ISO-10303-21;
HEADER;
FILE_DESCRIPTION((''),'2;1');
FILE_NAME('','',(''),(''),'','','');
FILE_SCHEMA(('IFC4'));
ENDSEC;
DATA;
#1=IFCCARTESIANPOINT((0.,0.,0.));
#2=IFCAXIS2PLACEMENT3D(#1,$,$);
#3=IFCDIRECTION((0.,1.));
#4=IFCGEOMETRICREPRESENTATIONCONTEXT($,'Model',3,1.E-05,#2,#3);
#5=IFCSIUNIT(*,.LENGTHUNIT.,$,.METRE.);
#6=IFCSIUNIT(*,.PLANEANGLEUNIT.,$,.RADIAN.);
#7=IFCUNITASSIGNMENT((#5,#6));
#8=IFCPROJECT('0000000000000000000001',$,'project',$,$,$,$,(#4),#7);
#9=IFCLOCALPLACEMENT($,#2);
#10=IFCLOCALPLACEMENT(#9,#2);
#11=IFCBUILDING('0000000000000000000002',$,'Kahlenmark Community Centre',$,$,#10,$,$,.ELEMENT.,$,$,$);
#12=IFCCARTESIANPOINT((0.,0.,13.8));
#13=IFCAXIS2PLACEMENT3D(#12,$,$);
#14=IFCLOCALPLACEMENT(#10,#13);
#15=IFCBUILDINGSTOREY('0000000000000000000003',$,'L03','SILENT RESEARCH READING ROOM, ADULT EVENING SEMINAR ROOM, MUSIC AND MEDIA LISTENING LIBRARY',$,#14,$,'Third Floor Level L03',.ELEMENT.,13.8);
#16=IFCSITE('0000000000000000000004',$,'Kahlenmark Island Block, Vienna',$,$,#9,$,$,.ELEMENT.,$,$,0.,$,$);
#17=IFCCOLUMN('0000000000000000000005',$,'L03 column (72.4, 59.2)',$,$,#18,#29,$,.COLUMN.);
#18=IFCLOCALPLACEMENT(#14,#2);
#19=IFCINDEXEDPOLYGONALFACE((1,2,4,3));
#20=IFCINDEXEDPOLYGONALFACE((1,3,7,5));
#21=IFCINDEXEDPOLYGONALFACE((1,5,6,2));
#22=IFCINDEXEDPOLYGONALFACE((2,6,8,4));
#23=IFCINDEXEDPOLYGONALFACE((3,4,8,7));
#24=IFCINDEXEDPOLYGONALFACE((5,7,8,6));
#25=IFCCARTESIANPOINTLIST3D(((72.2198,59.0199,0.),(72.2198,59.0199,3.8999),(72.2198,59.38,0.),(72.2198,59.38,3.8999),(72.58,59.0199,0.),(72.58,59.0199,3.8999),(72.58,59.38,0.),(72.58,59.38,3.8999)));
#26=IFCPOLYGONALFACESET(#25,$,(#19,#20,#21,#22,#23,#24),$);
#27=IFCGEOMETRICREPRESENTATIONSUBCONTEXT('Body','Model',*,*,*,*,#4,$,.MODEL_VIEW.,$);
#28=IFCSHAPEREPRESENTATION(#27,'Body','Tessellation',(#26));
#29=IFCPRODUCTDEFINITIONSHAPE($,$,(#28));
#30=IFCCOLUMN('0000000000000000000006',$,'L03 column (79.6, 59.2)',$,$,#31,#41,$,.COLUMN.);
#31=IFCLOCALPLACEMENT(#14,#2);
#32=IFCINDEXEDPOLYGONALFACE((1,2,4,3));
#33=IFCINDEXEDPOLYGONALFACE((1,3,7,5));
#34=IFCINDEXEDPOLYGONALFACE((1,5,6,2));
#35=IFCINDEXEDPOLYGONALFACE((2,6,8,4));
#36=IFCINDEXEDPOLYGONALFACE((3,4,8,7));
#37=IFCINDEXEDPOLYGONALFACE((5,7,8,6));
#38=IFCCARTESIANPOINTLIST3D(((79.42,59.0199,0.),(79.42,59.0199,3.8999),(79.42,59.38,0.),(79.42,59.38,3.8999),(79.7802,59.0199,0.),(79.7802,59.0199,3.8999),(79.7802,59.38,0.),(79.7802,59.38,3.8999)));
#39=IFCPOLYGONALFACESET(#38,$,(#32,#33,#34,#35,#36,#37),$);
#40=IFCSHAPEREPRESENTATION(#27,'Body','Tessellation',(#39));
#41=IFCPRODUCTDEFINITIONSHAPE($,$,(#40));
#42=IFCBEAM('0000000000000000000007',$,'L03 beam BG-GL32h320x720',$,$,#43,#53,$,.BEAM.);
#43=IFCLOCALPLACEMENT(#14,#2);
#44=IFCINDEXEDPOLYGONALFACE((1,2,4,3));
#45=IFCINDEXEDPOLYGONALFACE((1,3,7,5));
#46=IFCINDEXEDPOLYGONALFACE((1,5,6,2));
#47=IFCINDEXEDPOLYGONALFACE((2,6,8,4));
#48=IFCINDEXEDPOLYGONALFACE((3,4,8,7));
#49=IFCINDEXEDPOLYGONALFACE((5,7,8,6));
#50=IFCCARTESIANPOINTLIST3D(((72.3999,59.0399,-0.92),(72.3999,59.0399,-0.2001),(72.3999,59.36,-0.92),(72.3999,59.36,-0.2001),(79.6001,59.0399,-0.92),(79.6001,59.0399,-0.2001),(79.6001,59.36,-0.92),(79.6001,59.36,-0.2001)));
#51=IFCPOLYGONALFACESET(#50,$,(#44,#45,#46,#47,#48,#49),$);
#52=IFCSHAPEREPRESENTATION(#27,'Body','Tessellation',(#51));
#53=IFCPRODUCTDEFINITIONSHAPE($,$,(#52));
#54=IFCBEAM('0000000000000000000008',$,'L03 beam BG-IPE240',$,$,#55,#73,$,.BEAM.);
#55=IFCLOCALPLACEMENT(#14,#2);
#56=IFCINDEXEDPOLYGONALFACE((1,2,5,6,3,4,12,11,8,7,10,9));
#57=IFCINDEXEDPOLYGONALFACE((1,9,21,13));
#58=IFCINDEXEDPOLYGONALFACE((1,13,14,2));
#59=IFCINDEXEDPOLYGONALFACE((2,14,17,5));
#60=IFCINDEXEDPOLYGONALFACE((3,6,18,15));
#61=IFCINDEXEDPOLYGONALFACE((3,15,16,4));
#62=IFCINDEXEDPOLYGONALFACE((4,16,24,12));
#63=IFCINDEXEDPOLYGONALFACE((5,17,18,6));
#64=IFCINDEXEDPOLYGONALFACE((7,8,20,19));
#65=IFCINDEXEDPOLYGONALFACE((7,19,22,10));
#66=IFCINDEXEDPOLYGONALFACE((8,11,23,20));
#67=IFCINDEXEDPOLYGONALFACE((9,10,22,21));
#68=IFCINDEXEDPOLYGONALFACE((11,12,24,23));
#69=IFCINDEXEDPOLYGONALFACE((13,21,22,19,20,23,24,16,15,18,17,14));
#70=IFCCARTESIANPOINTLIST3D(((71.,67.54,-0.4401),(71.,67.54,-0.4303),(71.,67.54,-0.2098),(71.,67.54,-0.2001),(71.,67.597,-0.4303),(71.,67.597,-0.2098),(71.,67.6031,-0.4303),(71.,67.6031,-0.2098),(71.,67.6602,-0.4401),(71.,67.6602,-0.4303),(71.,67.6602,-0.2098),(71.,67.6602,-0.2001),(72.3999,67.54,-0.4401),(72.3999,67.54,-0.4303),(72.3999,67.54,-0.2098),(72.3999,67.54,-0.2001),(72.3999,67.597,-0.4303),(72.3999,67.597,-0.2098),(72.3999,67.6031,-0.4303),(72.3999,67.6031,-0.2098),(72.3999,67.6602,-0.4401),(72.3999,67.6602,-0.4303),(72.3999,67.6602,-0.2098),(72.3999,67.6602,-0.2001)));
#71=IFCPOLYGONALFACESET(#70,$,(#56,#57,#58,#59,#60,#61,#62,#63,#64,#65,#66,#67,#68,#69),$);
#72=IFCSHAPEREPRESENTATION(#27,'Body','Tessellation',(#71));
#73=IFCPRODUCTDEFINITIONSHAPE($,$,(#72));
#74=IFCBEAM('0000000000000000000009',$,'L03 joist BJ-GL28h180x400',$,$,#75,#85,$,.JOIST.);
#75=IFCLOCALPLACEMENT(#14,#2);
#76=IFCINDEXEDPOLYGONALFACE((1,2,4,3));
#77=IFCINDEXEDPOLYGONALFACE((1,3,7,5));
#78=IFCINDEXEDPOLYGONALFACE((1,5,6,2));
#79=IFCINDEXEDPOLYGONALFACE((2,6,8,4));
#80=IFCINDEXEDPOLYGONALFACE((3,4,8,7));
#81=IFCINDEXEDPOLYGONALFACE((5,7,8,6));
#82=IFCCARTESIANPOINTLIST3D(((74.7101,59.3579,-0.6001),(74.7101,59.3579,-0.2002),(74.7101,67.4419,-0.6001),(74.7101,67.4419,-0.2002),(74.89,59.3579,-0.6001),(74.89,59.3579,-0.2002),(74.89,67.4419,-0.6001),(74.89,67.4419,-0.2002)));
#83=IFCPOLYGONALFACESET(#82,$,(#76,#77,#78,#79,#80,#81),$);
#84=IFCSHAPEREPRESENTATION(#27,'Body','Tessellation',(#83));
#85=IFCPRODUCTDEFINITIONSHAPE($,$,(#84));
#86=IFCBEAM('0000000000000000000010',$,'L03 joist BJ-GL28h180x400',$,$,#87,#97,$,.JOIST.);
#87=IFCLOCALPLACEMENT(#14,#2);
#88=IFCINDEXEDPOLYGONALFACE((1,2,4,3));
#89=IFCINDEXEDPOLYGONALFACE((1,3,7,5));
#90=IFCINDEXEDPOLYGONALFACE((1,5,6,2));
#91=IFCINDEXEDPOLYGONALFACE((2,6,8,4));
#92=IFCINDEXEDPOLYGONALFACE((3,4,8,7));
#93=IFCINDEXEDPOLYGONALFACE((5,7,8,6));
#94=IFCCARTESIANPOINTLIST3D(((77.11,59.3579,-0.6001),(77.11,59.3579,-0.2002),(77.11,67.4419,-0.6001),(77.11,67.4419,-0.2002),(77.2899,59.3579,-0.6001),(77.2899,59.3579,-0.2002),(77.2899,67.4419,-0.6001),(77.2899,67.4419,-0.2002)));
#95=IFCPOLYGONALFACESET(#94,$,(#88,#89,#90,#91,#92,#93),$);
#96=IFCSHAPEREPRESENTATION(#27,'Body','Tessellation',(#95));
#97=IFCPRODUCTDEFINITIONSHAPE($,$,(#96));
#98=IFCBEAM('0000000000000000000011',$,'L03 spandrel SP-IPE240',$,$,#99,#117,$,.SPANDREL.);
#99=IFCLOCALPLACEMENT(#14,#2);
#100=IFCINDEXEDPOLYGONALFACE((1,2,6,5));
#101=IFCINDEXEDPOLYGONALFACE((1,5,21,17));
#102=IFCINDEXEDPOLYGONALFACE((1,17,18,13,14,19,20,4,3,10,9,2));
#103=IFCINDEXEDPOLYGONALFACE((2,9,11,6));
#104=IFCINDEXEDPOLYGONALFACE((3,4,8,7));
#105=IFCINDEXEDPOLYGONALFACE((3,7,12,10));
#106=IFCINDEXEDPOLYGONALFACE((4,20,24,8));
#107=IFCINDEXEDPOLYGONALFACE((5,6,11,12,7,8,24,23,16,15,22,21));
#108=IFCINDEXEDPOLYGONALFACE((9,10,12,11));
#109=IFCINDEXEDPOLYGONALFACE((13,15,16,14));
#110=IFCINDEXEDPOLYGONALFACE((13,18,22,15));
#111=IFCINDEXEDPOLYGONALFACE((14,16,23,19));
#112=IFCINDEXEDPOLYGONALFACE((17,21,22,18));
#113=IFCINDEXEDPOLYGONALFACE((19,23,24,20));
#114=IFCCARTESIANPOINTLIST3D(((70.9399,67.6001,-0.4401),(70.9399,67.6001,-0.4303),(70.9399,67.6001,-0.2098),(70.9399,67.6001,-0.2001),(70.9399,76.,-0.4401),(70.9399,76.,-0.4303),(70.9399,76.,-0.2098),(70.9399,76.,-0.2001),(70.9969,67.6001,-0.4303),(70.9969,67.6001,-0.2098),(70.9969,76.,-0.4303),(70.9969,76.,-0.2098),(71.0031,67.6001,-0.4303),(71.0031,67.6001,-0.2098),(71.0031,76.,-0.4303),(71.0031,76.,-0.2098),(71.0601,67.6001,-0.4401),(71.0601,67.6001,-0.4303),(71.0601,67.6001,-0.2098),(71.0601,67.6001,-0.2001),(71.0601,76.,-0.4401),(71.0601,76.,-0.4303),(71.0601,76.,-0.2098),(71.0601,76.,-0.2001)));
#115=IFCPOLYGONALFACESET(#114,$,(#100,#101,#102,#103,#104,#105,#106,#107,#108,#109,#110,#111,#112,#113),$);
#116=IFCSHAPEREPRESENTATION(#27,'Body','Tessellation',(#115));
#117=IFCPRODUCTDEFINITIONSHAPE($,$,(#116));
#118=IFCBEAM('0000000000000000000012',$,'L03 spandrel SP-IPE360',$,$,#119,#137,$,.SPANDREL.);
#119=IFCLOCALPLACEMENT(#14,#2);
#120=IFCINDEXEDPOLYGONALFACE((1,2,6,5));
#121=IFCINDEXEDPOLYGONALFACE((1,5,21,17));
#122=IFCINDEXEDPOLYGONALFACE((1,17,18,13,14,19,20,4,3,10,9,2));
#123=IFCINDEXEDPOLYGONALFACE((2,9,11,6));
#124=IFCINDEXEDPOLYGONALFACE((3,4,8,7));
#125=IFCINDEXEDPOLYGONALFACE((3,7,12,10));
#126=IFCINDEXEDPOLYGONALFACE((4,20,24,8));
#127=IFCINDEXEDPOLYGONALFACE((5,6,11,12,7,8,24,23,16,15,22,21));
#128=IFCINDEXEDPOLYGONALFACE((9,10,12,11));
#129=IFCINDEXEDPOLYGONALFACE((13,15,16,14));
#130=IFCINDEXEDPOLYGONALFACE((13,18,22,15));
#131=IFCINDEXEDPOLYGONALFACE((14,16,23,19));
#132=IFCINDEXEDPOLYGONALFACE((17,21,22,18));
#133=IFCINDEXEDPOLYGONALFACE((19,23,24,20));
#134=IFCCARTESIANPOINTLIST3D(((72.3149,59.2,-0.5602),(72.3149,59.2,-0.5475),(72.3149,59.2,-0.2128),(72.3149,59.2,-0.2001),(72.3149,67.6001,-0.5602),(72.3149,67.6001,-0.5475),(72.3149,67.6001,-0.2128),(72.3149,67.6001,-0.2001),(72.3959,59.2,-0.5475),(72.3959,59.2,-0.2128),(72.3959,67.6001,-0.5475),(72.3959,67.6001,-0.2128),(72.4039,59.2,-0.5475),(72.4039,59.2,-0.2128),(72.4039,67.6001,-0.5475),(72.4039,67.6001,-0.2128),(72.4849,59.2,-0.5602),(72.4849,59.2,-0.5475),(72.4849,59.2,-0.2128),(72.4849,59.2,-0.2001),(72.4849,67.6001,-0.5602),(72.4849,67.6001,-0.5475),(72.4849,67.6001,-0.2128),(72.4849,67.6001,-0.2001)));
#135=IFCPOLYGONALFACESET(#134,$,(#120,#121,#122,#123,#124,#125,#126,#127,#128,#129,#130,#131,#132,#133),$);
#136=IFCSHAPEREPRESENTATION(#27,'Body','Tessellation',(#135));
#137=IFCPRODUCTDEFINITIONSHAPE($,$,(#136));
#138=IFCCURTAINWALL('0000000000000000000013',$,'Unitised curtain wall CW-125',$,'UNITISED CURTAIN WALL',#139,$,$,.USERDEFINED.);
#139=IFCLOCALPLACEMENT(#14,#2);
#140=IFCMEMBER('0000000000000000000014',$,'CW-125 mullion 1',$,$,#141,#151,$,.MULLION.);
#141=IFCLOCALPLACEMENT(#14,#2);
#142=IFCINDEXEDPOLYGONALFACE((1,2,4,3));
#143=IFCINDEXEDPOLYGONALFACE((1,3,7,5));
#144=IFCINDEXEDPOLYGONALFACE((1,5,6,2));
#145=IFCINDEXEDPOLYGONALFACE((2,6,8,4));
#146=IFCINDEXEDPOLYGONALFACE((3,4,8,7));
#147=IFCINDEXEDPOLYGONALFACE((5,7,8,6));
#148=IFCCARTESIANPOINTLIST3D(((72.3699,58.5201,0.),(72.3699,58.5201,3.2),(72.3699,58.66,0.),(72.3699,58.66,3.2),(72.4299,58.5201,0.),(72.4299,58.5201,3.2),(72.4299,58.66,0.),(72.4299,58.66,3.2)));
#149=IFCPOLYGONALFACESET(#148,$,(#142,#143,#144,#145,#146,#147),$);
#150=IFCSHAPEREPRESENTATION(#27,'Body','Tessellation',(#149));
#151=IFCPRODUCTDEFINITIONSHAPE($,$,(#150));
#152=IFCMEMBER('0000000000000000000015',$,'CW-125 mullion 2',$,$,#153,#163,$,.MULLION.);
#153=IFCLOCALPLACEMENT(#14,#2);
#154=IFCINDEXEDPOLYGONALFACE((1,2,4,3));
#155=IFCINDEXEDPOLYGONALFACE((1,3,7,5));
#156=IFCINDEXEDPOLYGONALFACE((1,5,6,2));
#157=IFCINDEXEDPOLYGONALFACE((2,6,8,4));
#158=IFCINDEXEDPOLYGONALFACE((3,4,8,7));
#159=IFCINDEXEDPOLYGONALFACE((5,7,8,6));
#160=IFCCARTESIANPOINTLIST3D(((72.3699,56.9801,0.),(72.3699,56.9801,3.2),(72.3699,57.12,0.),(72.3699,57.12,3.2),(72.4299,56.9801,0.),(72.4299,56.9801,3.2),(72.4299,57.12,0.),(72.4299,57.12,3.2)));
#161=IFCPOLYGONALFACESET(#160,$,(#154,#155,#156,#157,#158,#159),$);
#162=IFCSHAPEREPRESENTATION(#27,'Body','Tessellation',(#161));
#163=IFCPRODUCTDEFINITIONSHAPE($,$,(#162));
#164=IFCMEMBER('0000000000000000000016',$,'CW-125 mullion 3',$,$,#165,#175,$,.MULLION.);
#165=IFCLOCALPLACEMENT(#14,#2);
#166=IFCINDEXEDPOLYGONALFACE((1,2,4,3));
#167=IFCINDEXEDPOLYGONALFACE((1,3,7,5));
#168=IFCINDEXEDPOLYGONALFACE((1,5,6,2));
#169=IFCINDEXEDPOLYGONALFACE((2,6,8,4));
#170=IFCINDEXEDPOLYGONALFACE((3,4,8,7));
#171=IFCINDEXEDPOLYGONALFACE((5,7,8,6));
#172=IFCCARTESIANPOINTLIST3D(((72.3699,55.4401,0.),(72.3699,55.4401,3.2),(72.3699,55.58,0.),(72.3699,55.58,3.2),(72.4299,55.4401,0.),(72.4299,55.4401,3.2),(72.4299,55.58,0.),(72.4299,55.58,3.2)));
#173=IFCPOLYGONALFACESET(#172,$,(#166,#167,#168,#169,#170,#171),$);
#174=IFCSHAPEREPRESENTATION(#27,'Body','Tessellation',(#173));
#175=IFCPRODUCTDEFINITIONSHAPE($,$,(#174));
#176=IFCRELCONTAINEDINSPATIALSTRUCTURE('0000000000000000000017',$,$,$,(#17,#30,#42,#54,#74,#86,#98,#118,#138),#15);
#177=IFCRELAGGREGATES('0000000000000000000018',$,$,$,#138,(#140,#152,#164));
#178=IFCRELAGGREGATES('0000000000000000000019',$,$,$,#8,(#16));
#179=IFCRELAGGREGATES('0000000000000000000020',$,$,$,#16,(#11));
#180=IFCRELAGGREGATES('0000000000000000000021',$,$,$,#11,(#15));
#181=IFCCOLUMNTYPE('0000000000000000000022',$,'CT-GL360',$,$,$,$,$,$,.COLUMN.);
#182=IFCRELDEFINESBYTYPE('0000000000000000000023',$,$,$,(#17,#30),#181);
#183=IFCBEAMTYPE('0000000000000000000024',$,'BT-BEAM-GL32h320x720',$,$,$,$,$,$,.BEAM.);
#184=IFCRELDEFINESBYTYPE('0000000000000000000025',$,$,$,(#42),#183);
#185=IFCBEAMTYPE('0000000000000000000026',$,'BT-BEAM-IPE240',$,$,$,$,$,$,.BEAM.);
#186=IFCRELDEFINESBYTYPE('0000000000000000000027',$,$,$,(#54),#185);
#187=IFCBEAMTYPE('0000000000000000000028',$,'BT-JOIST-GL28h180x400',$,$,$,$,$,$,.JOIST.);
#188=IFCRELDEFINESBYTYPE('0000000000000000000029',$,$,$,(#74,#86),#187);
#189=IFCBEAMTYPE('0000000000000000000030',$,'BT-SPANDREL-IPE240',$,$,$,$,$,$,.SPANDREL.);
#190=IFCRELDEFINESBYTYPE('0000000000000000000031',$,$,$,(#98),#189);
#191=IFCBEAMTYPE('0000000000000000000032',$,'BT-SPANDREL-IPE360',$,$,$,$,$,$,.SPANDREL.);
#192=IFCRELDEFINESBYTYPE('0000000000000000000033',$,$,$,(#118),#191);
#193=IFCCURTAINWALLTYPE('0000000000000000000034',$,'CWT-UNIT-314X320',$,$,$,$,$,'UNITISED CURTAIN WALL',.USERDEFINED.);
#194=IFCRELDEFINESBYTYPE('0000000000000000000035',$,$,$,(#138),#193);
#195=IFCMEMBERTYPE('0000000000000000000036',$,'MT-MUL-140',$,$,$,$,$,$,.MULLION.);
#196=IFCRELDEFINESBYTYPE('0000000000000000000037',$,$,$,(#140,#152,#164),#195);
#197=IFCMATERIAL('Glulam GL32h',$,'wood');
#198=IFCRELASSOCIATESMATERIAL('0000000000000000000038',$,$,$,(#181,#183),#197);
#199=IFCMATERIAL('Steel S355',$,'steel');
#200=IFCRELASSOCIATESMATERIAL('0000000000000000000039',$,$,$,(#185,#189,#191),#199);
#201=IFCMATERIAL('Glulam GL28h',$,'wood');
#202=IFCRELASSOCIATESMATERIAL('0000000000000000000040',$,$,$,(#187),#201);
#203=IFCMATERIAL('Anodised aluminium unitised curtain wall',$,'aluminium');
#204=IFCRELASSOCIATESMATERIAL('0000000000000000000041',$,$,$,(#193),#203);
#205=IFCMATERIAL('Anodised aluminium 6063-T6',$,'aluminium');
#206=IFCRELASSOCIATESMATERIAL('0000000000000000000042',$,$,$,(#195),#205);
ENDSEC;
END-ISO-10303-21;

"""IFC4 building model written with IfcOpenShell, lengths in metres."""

from ifc_helpers import new_model, si_unit, direction, frame, origin, origin_2d, place, context, subcontext, project, spatial, rectangle, i_section, extrude, material, material_profile, profile_set, type_object, element, aggregate, save


model = new_model("IFC4")

# Units and contexts
model_context = context("Model", 3, precision=1e-05, world=origin(), true_north=direction((0.0, 1.0)))
body_context = subcontext(model_context, "Body", "Model", "MODEL_VIEW")
ifc_project = project(units=[si_unit("LENGTHUNIT", "METRE"), si_unit("PLANEANGLEUNIT", "RADIAN")], contexts=[model_context])

# Site, building, storey
site_placement = place(None, origin())
site = spatial("IfcSite", under=ifc_project, at=site_placement, Name="Kahlenmark Island Block, Vienna", CompositionType="ELEMENT", RefElevation=0.0)
building_placement = place(site_placement, origin())
building = spatial("IfcBuilding", under=site, at=building_placement, Name="Kahlenmark Community Centre", CompositionType="ELEMENT")
storey_placement = place(building_placement, frame((0.0, 0.0, 13.8)))
storey = spatial("IfcBuildingStorey", under=building, at=storey_placement, Name="L03", Description="SILENT RESEARCH READING ROOM, ADULT EVENING SEMINAR ROOM, MUSIC AND MEDIA LISTENING LIBRARY", LongName="Third Floor Level L03", CompositionType="ELEMENT", Elevation=13.8)

# Columns
ifc_material_1 = material(Name="Glulam GL32h", Category="wood")
ifc_material_profile_1 = material_profile(ifc_material_1, rectangle(XDim=0.3601, YDim=0.3601, at=origin_2d()), Name="GL32h 360x360")
ifc_profile_set_1 = profile_set([ifc_material_profile_1], Name="Glulam GL32h")
column_type = type_object("IfcColumnType", Name="CT-GL360", PredefinedType="COLUMN", material=ifc_profile_set_1)
for number, where, z_axis, x_axis, name in (
    (1, (72.3999, 59.2, 0.0), (0.0, 0.0, 1.0), (1.0, 0.0, 0.0), "L03 column (72.4, 59.2)"),
    (2, (79.6001, 59.2, 0.0), (0.0, 0.0, 1.0), (1.0, 0.0, 0.0), "L03 column (79.6, 59.2)"),
):
    element("IfcColumn", number, at=place(storey_placement, frame(where, z_axis=z_axis, x_axis=x_axis)), inside=storey, type_object=column_type, Name=name, PredefinedType="COLUMN", context=body_context, shape_type="SweptSolid", body=[
        extrude(rectangle(XDim=0.3601, YDim=0.3601, at=origin_2d()), origin(), (0.0, 0.0, 1.0), 3.8999),
    ])

# Beams
ifc_material_profile_2 = material_profile(ifc_material_1, rectangle(XDim=0.3201, YDim=0.72, at=origin_2d()), Name="GL32h 320x720")
ifc_profile_set_2 = profile_set([ifc_material_profile_2], Name="Glulam GL32h")
beam_type_1 = type_object("IfcBeamType", Name="BT-BEAM-GL32h320x720", PredefinedType="BEAM", material=ifc_profile_set_2)
beam_1_placement = place(storey_placement, frame((72.3999, 59.2, -0.5601), z_axis=(1.0, 0.0, 0.0), x_axis=(0.0, 1.0, 0.0)))
element("IfcBeam", 3, at=beam_1_placement, inside=storey, type_object=beam_type_1, Name="L03 beam BG-GL32h320x720", PredefinedType="BEAM", context=body_context, shape_type="SweptSolid", body=[
    extrude(rectangle(XDim=0.3201, YDim=0.72, at=origin_2d()), origin(), (0.0, 0.0, 1.0), 7.2002),
])
ifc_material_2 = material(Name="Steel S355", Category="steel")
ifc_material_profile_3 = material_profile(ifc_material_2, i_section(OverallWidth=0.1201, OverallDepth=0.24, WebThickness=0.0061, FlangeThickness=0.0098, at=origin_2d()), Name="IPE 240")
ifc_profile_set_3 = profile_set([ifc_material_profile_3], Name="Steel S355")
beam_type_2 = type_object("IfcBeamType", Name="BT-BEAM-IPE240", PredefinedType="BEAM", material=ifc_profile_set_3)
beam_2_placement = place(storey_placement, frame((71.0, 67.6001, -0.3201), z_axis=(1.0, 0.0, 0.0), x_axis=(0.0, 1.0, 0.0)))
element("IfcBeam", 4, at=beam_2_placement, inside=storey, type_object=beam_type_2, Name="L03 beam BG-IPE240", PredefinedType="BEAM", context=body_context, shape_type="SweptSolid", body=[
    extrude(i_section(OverallWidth=0.1201, OverallDepth=0.24, WebThickness=0.0061, FlangeThickness=0.0098, at=origin_2d()), origin(), (0.0, 0.0, 1.0), 1.3999),
])
ifc_material_3 = material(Name="Glulam GL28h", Category="wood")
ifc_material_profile_4 = material_profile(ifc_material_3, rectangle(XDim=0.1799, YDim=0.3999, at=origin_2d()), Name="GL28h 180x400")
ifc_profile_set_4 = profile_set([ifc_material_profile_4], Name="Glulam GL28h")
beam_type_3 = type_object("IfcBeamType", Name="BT-JOIST-GL28h180x400", PredefinedType="JOIST", material=ifc_profile_set_4)
for number, where, z_axis, x_axis, name in (
    (5, (74.8, 59.3579, -0.4001), (0.0, 1.0, 0.0), (-1.0, 0.0, 0.0), "L03 joist BJ-GL28h180x400"),
    (6, (77.2, 59.3579, -0.4001), (0.0, 1.0, 0.0), (-1.0, 0.0, 0.0), "L03 joist BJ-GL28h180x400"),
):
    element("IfcBeam", number, at=place(storey_placement, frame(where, z_axis=z_axis, x_axis=x_axis)), inside=storey, type_object=beam_type_3, Name=name, PredefinedType="JOIST", context=body_context, shape_type="SweptSolid", body=[
        extrude(rectangle(XDim=0.1799, YDim=0.3999, at=origin_2d()), origin(), (0.0, 0.0, 1.0), 8.084),
    ])
ifc_material_profile_5 = material_profile(ifc_material_2, i_section(OverallWidth=0.1201, OverallDepth=0.24, WebThickness=0.0061, FlangeThickness=0.0098, at=origin_2d()), Name="IPE 240")
ifc_profile_set_5 = profile_set([ifc_material_profile_5], Name="Steel S355")
beam_type_4 = type_object("IfcBeamType", Name="BT-SPANDREL-IPE240", PredefinedType="SPANDREL", material=ifc_profile_set_5)
beam_3_placement = place(storey_placement, frame((71.0, 67.6001, -0.3201), z_axis=(0.0, 1.0, 0.0), x_axis=(-1.0, 0.0, 0.0)))
element("IfcBeam", 7, at=beam_3_placement, inside=storey, type_object=beam_type_4, Name="L03 spandrel SP-IPE240", PredefinedType="SPANDREL", context=body_context, shape_type="SweptSolid", body=[
    extrude(i_section(OverallWidth=0.1201, OverallDepth=0.24, WebThickness=0.0061, FlangeThickness=0.0098, at=origin_2d()), origin(), (0.0, 0.0, 1.0), 8.3999),
])
ifc_material_profile_6 = material_profile(ifc_material_2, i_section(OverallWidth=0.1699, OverallDepth=0.3601, WebThickness=0.0081, FlangeThickness=0.0127, at=origin_2d()), Name="IPE 360")
ifc_profile_set_6 = profile_set([ifc_material_profile_6], Name="Steel S355")
beam_type_5 = type_object("IfcBeamType", Name="BT-SPANDREL-IPE360", PredefinedType="SPANDREL", material=ifc_profile_set_6)
beam_4_placement = place(storey_placement, frame((72.3999, 59.2, -0.3801), z_axis=(0.0, 1.0, 0.0), x_axis=(-1.0, 0.0, 0.0)))
element("IfcBeam", 8, at=beam_4_placement, inside=storey, type_object=beam_type_5, Name="L03 spandrel SP-IPE360", PredefinedType="SPANDREL", context=body_context, shape_type="SweptSolid", body=[
    extrude(i_section(OverallWidth=0.1699, OverallDepth=0.3601, WebThickness=0.0081, FlangeThickness=0.0127, at=origin_2d()), origin(), (0.0, 0.0, 1.0), 8.4001),
])

# Curtain wall, members
ifc_material_4 = material(Name="Anodised aluminium unitised curtain wall", Category="aluminium")
curtain_wall_type = type_object("IfcCurtainWallType", Name="CWT-UNIT-314X320", ElementType="UNITISED CURTAIN WALL", PredefinedType="USERDEFINED", material=ifc_material_4)
curtain_wall_placement = place(storey_placement, origin())
curtain_wall = element("IfcCurtainWall", 9, at=curtain_wall_placement, inside=storey, type_object=curtain_wall_type, Name="Unitised curtain wall CW-125", ObjectType="UNITISED CURTAIN WALL", PredefinedType="USERDEFINED")
ifc_material_5 = material(Name="Anodised aluminium 6063-T6", Category="aluminium")
ifc_material_profile_7 = material_profile(ifc_material_5, rectangle(XDim=0.0601, YDim=0.1399, at=origin_2d()), Name="ALU MULLION 60x140")
ifc_profile_set_7 = profile_set([ifc_material_profile_7], Name="Anodised aluminium 6063-T6")
member_type_1 = type_object("IfcMemberType", Name="MT-MUL-140", PredefinedType="MULLION", material=ifc_profile_set_7)
member_1_placement = place(storey_placement, frame((72.3999, 58.5901, 0.0), z_axis=(0.0, 0.0, 1.0), x_axis=(1.0, 0.0, 0.0)))
member_1 = element("IfcMember", 10, at=member_1_placement, type_object=member_type_1, Name="CW-125 mullion 1", PredefinedType="MULLION", context=body_context, shape_type="SweptSolid", body=[
    extrude(rectangle(XDim=0.0601, YDim=0.1399, at=origin_2d()), origin(), (0.0, 0.0, 1.0), 3.2),
])
member_2_placement = place(storey_placement, frame((72.3999, 57.05, 0.0), z_axis=(0.0, 0.0, 1.0), x_axis=(1.0, 0.0, 0.0)))
member_2 = element("IfcMember", 11, at=member_2_placement, type_object=member_type_1, Name="CW-125 mullion 2", PredefinedType="MULLION", context=body_context, shape_type="SweptSolid", body=[
    extrude(rectangle(XDim=0.0601, YDim=0.1399, at=origin_2d()), origin(), (0.0, 0.0, 1.0), 3.2),
])
member_3_placement = place(storey_placement, frame((72.3999, 55.51, 0.0), z_axis=(0.0, 0.0, 1.0), x_axis=(1.0, 0.0, 0.0)))
member_3 = element("IfcMember", 12, at=member_3_placement, type_object=member_type_1, Name="CW-125 mullion 3", PredefinedType="MULLION", context=body_context, shape_type="SweptSolid", body=[
    extrude(rectangle(XDim=0.0601, YDim=0.1399, at=origin_2d()), origin(), (0.0, 0.0, 1.0), 3.2),
])
aggregate(curtain_wall, [member_1, member_2, member_3])

save(model, "model.ifc")
